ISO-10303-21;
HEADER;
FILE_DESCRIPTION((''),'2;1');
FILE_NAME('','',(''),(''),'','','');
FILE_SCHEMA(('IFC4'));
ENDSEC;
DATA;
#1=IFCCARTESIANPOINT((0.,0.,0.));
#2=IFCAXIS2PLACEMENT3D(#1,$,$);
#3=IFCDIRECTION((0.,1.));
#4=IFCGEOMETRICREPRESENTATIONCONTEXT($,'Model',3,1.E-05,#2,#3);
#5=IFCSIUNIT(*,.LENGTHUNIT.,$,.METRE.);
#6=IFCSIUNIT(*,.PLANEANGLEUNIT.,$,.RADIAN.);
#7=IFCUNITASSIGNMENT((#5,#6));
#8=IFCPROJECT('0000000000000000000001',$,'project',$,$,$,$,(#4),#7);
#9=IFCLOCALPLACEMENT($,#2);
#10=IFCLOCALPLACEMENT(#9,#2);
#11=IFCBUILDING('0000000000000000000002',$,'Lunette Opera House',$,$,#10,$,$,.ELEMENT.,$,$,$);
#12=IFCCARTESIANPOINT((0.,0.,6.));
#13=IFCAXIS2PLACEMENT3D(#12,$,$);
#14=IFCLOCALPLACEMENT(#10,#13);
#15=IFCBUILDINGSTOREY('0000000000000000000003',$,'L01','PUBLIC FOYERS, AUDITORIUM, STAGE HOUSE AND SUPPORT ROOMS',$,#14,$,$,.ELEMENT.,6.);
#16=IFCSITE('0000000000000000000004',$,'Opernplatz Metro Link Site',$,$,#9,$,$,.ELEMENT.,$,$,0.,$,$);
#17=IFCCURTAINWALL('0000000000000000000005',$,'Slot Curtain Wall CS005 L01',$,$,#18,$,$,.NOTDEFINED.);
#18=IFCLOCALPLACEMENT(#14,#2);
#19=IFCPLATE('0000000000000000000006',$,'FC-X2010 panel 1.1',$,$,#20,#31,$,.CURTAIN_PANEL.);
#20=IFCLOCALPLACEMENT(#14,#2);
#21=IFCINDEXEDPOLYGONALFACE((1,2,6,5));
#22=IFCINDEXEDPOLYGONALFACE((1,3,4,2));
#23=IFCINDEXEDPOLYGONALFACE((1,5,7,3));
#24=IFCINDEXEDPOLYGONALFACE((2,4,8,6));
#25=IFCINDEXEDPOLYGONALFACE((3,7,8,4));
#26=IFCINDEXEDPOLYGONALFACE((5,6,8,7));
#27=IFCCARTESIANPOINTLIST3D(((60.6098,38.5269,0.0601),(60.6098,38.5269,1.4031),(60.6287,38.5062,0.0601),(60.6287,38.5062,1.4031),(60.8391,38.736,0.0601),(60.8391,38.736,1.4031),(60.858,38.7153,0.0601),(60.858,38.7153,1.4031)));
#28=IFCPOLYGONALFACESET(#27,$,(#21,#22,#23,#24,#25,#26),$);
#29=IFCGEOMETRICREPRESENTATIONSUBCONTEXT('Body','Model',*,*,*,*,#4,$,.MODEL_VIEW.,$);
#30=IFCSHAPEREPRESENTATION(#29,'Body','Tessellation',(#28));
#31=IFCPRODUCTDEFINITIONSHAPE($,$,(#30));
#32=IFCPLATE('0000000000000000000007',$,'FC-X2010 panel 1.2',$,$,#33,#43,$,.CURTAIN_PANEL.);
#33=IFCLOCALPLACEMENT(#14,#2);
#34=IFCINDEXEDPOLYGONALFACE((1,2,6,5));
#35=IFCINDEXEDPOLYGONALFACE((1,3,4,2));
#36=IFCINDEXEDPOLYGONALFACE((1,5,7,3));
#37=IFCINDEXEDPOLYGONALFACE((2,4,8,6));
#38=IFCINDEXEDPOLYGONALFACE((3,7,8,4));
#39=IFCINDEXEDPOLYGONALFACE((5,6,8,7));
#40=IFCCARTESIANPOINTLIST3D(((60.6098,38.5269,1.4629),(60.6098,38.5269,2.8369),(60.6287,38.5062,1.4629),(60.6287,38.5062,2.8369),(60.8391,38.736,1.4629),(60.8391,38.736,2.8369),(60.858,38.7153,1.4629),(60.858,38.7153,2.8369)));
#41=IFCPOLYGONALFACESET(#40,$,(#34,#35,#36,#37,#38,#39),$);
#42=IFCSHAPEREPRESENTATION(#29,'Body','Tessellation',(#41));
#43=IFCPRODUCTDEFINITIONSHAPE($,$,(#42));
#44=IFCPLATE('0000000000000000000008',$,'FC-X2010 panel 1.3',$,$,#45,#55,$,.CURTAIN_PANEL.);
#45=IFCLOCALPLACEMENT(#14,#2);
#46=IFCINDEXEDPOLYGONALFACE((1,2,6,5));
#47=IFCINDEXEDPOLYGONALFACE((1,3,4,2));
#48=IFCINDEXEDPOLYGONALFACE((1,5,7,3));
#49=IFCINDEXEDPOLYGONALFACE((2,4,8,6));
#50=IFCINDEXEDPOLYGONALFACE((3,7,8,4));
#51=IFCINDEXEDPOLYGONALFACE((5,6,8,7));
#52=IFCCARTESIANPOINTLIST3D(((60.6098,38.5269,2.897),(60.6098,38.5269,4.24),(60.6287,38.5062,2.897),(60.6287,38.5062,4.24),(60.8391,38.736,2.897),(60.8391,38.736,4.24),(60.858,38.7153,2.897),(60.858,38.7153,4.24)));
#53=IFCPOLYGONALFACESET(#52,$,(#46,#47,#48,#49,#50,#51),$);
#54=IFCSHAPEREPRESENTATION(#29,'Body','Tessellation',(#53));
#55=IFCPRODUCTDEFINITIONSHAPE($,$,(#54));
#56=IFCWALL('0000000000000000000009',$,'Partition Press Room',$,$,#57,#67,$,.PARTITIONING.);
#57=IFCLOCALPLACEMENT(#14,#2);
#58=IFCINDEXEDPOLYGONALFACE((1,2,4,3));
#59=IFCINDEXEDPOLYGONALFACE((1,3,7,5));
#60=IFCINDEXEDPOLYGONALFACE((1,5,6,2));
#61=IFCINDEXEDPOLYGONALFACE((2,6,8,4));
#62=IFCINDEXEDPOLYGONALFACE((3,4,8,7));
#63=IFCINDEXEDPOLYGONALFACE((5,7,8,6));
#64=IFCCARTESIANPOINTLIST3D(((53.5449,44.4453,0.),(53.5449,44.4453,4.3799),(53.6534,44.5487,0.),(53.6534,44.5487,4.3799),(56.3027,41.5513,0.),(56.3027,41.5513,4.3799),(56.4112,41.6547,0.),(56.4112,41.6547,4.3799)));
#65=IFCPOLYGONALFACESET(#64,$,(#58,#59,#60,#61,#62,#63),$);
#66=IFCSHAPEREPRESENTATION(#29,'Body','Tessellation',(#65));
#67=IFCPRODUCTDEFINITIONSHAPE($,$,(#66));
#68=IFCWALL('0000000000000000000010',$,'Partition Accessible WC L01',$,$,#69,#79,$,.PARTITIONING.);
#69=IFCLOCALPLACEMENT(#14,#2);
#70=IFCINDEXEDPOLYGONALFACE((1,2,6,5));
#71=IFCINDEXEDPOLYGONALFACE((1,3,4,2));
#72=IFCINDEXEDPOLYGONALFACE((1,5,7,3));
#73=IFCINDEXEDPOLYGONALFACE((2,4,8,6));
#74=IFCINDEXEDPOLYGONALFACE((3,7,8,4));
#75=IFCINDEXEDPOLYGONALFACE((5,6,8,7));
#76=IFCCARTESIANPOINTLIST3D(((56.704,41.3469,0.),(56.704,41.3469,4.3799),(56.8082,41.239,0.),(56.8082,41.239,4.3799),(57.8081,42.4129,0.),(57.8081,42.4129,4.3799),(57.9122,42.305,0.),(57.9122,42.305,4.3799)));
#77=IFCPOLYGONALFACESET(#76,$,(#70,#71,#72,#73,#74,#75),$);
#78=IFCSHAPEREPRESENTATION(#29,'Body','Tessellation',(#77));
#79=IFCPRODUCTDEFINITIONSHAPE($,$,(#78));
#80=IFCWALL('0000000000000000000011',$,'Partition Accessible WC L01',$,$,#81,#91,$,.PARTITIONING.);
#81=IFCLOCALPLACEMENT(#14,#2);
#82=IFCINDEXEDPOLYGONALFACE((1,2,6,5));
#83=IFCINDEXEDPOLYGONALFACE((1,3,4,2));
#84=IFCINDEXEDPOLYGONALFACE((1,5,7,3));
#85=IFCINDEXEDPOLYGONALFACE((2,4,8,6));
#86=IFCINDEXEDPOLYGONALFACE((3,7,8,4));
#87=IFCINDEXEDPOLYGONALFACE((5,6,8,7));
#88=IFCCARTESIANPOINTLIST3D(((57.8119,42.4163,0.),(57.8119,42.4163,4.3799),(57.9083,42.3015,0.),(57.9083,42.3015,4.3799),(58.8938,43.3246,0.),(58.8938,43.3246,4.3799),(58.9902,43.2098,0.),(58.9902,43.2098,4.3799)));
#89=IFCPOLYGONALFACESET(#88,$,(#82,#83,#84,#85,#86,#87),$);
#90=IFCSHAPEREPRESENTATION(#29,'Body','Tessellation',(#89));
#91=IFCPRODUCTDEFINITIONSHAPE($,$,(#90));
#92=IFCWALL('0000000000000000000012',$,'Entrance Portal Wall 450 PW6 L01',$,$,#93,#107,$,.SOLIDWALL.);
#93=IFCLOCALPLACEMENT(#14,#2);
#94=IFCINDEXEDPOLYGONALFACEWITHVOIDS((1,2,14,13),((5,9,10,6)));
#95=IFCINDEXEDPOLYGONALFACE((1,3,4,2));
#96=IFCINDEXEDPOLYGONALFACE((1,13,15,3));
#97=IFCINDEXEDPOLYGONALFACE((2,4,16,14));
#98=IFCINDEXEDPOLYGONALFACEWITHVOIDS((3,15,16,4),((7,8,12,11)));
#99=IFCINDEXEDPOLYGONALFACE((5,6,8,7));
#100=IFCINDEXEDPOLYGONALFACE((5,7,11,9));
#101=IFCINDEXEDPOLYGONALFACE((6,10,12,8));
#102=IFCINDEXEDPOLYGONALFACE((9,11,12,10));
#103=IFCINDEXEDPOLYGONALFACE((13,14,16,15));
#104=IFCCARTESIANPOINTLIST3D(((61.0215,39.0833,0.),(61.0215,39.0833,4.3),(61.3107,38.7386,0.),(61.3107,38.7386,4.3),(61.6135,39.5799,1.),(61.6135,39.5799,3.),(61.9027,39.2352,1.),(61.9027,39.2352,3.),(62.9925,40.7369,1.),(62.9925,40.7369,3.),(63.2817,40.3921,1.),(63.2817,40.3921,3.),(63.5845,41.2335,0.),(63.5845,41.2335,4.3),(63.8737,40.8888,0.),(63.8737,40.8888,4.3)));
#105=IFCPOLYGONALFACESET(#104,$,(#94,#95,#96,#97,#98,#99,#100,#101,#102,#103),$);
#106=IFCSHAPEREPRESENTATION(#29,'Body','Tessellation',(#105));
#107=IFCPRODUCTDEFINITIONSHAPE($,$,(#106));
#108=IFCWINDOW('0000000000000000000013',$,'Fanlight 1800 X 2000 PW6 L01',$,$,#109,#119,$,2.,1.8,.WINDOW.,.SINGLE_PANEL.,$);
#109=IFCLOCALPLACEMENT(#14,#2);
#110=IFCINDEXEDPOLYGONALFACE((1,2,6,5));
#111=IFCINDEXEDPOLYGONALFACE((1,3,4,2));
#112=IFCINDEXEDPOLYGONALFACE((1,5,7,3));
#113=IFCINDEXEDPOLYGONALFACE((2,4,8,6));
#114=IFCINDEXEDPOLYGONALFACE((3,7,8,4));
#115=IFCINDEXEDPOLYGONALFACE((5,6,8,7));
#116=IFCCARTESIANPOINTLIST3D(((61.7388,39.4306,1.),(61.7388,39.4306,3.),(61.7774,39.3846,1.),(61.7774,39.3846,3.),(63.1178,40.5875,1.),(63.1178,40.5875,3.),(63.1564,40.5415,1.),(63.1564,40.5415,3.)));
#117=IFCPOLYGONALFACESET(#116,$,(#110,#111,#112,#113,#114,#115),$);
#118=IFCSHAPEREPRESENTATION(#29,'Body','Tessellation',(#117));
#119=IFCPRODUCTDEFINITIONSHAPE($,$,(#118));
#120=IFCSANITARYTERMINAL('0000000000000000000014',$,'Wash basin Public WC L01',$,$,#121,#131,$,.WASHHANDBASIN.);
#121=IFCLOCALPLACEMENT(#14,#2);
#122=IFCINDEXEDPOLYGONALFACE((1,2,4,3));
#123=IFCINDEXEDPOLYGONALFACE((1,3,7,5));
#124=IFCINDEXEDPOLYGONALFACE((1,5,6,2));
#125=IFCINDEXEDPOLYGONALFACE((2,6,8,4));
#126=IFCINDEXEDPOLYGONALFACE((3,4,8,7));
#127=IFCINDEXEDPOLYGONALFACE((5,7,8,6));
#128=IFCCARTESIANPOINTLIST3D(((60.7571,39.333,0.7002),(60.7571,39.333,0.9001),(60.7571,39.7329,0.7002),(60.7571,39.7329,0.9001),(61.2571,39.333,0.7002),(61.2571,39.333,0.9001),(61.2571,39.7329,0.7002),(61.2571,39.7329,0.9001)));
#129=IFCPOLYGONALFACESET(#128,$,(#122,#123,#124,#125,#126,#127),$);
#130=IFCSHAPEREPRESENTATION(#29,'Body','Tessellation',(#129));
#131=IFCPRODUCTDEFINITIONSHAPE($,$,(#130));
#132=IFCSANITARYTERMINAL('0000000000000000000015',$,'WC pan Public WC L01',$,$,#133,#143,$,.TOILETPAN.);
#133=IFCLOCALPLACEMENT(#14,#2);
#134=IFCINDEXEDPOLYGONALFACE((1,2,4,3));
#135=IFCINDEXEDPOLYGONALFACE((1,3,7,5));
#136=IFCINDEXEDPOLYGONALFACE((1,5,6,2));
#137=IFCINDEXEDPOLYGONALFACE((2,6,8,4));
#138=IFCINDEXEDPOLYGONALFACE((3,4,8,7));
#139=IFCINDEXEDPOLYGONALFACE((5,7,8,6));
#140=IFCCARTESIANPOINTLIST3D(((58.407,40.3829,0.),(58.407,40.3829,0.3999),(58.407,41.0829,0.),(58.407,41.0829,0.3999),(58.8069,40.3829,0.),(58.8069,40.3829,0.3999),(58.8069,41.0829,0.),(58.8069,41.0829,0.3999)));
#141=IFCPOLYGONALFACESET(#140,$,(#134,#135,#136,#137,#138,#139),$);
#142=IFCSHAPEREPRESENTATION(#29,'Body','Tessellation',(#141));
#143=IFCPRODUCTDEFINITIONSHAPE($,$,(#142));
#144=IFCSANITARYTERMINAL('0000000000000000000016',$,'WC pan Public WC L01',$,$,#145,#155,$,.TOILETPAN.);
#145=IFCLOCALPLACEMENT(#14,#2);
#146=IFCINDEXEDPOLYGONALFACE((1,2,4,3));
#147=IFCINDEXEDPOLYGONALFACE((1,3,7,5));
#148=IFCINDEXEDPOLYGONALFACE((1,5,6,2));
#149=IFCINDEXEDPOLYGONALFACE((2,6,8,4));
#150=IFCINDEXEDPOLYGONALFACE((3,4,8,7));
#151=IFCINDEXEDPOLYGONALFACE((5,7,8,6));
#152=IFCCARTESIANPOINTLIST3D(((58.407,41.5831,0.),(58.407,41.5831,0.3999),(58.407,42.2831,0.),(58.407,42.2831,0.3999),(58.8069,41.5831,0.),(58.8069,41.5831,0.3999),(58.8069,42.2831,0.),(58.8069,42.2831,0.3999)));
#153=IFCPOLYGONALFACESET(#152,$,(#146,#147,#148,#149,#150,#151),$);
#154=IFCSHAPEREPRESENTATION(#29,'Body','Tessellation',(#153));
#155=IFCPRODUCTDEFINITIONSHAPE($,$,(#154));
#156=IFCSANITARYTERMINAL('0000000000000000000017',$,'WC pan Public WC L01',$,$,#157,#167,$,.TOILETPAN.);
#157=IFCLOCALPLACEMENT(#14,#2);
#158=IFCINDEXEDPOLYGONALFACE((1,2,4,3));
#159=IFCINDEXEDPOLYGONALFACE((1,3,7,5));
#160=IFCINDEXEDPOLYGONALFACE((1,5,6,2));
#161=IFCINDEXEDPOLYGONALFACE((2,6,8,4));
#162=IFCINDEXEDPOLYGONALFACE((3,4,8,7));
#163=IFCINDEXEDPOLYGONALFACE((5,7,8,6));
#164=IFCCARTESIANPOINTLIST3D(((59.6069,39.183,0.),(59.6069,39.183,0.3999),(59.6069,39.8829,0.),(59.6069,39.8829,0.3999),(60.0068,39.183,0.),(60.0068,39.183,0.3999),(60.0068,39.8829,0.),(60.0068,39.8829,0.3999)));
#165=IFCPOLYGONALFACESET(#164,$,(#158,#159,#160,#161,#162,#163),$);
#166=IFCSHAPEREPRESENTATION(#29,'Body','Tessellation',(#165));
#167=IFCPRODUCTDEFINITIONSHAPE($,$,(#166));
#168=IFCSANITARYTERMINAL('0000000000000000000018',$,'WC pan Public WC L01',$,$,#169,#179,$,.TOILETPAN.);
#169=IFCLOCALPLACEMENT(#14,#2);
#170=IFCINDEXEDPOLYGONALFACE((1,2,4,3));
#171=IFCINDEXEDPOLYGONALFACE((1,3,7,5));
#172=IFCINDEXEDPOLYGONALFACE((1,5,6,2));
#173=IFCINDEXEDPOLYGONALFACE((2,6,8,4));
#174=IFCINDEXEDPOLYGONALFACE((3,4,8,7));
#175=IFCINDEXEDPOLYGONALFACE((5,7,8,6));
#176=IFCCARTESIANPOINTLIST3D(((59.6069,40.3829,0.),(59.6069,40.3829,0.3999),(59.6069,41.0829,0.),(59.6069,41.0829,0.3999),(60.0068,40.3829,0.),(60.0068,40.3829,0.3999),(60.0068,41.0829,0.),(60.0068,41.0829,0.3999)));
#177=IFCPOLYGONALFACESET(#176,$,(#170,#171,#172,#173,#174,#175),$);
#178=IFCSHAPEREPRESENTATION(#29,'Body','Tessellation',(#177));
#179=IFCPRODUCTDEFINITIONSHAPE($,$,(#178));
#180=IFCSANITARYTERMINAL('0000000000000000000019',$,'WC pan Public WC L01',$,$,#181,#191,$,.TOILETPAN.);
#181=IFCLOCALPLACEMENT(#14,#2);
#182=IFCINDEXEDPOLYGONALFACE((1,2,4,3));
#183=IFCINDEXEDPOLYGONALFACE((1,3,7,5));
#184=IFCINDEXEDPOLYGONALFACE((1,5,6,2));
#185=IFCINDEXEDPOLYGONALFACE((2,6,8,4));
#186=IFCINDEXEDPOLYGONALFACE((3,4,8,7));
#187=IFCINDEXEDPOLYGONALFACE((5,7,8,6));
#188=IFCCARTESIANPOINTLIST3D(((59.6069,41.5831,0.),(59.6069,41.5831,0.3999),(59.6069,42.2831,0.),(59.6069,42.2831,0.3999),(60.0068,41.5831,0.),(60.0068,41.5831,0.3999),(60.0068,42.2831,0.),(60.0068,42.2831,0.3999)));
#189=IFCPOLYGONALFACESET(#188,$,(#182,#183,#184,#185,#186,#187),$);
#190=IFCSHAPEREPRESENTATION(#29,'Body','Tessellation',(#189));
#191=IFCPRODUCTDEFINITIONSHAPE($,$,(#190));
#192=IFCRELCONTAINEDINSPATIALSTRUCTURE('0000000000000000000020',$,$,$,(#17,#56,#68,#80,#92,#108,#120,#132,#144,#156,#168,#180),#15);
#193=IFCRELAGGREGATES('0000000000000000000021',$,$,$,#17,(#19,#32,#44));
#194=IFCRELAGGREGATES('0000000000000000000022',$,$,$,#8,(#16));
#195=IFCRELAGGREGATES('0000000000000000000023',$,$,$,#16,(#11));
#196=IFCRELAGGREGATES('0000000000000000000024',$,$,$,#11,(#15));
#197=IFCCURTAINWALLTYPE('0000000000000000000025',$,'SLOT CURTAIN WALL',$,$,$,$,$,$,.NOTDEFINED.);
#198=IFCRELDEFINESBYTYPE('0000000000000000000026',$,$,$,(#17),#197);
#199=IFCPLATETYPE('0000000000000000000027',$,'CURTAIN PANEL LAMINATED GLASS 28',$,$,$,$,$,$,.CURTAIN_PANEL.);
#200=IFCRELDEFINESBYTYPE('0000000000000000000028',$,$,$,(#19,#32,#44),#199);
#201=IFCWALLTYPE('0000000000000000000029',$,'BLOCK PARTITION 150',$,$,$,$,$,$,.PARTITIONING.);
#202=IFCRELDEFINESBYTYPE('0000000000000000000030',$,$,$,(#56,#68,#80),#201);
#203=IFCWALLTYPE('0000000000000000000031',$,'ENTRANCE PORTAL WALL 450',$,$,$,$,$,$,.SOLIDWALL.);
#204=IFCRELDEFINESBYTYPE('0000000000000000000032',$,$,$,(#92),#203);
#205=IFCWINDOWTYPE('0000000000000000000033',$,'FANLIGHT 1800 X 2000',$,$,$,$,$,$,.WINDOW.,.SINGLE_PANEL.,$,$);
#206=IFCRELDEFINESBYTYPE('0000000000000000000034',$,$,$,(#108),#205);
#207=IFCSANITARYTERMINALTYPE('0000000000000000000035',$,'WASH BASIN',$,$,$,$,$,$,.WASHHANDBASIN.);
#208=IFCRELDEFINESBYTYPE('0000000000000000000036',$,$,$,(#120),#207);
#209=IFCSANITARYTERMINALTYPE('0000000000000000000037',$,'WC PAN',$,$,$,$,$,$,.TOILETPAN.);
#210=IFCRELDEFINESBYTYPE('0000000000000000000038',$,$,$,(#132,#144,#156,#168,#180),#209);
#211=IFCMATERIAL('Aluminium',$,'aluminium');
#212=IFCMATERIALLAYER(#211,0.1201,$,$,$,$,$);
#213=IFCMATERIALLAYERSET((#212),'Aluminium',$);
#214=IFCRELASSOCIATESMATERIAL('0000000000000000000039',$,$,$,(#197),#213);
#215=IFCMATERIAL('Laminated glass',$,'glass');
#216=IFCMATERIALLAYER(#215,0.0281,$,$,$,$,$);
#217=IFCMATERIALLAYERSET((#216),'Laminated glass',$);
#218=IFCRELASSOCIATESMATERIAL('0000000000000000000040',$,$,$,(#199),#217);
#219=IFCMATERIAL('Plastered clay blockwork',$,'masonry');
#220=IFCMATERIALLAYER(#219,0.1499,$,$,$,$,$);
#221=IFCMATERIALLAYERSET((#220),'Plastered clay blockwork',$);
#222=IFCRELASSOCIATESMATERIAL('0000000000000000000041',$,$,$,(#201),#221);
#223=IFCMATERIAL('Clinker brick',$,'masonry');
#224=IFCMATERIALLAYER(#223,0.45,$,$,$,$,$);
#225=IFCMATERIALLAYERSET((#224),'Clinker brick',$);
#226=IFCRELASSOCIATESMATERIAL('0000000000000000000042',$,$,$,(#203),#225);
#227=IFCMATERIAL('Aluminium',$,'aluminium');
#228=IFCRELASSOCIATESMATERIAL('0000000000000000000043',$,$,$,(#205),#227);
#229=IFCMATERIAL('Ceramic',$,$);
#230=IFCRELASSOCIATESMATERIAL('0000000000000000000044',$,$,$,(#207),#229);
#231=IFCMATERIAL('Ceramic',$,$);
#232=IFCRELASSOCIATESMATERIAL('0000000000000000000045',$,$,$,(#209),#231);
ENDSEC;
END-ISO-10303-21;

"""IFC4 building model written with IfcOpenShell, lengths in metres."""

from ifc_helpers import new_model, si_unit, direction, frame, frame_2d, origin, origin_2d, place, context, subcontext, project, spatial, rectangle, extrude, material, layer, layer_set, type_object, element, fill, aggregate, save


model = new_model("IFC4")

# Units and contexts
model_context = context("Model", 3, precision=1e-05, world=origin(), true_north=direction((0.0, 1.0)))
body_context = subcontext(model_context, "Body", "Model", "MODEL_VIEW")
ifc_project = project(units=[si_unit("LENGTHUNIT", "METRE"), si_unit("PLANEANGLEUNIT", "RADIAN")], contexts=[model_context])

# Site, building, storey
site_placement = place(None, origin())
site = spatial("IfcSite", under=ifc_project, at=site_placement, Name="Opernplatz Metro Link Site", CompositionType="ELEMENT", RefElevation=0.0)
building_placement = place(site_placement, origin())
building = spatial("IfcBuilding", under=site, at=building_placement, Name="Lunette Opera House", CompositionType="ELEMENT")
storey_placement = place(building_placement, frame((0.0, 0.0, 6.0)))
storey = spatial("IfcBuildingStorey", under=building, at=storey_placement, Name="L01", Description="PUBLIC FOYERS, AUDITORIUM, STAGE HOUSE AND SUPPORT ROOMS", CompositionType="ELEMENT", Elevation=6.0)

# Curtain wall
ifc_material_1 = material(Name="Aluminium", Category="aluminium")
ifc_layer_1 = layer(ifc_material_1, 0.1201)
ifc_layer_set_1 = layer_set([ifc_layer_1], Name="Aluminium")
curtain_wall_type = type_object("IfcCurtainWallType", Name="SLOT CURTAIN WALL", PredefinedType="NOTDEFINED", material=ifc_layer_set_1)
curtain_wall_1_placement = place(storey_placement, origin())
curtain_wall_1 = element("IfcCurtainWall", 1, at=curtain_wall_1_placement, inside=storey, type_object=curtain_wall_type, Name="Slot Curtain Wall CS005 L01", PredefinedType="NOTDEFINED")

# Plates
ifc_material_2 = material(Name="Laminated glass", Category="glass")
ifc_layer_2 = layer(ifc_material_2, 0.0281)
ifc_layer_set_2 = layer_set([ifc_layer_2], Name="Laminated glass")
plate_type = type_object("IfcPlateType", Name="CURTAIN PANEL LAMINATED GLASS 28", PredefinedType="CURTAIN_PANEL", material=ifc_layer_set_2)
plate_1_placement = place(storey_placement, frame((60.7339, 38.6211, 0.0601), z_axis=(0.0, 0.0, 1.0), x_axis=(0.738888, 0.673828, 0.0)))
plate_1 = element("IfcPlate", 2, at=plate_1_placement, type_object=plate_type, Name="FC-X2010 panel 1.1", PredefinedType="CURTAIN_PANEL", context=body_context, shape_type="SweptSolid", body=[
    extrude(rectangle(XDim=0.3103, YDim=0.0281, at=origin_2d()), origin(), (0.0, 0.0, 1.0), 1.343),
])
plate_2_placement = place(storey_placement, frame((60.7339, 38.6211, 1.4629), z_axis=(0.0, 0.0, 1.0), x_axis=(0.738888, 0.673828, 0.0)))
plate_2 = element("IfcPlate", 3, at=plate_2_placement, type_object=plate_type, Name="FC-X2010 panel 1.2", PredefinedType="CURTAIN_PANEL", context=body_context, shape_type="SweptSolid", body=[
    extrude(rectangle(XDim=0.3103, YDim=0.0281, at=origin_2d()), origin(), (0.0, 0.0, 1.0), 1.374),
])
plate_3_placement = place(storey_placement, frame((60.7339, 38.6211, 2.897), z_axis=(0.0, 0.0, 1.0), x_axis=(0.738888, 0.673828, 0.0)))
plate_3 = element("IfcPlate", 4, at=plate_3_placement, type_object=plate_type, Name="FC-X2010 panel 1.3", PredefinedType="CURTAIN_PANEL", context=body_context, shape_type="SweptSolid", body=[
    extrude(rectangle(XDim=0.3103, YDim=0.0281, at=origin_2d()), origin(), (0.0, 0.0, 1.0), 1.343),
])
aggregate(curtain_wall_1, [plate_1, plate_2, plate_3])

# Walls
ifc_material_3 = material(Name="Plastered clay blockwork", Category="masonry")
ifc_layer_3 = layer(ifc_material_3, 0.1499)
ifc_layer_set_3 = layer_set([ifc_layer_3], Name="Plastered clay blockwork")
wall_type_1 = type_object("IfcWallType", Name="BLOCK PARTITION 150", PredefinedType="PARTITIONING", material=ifc_layer_set_3)
wall_1_placement = place(storey_placement, frame((56.3569, 41.603, 0.0), z_axis=(0.0, 0.0, 1.0), x_axis=(-0.689863, 0.72394, 0.0)))
element("IfcWall", 5, at=wall_1_placement, inside=storey, type_object=wall_type_1, Name="Partition Press Room", PredefinedType="PARTITIONING", context=body_context, shape_type="SweptSolid", body=[
    extrude(rectangle(XDim=3.9976, YDim=0.1499, at=frame_2d((1.9988, 0.0))), origin(), (0.0, 0.0, 1.0), 4.3799),
])
wall_2_placement = place(storey_placement, frame((56.7561, 41.293, 0.0), z_axis=(0.0, 0.0, 1.0), x_axis=(0.719407, 0.694589, 0.0)))
element("IfcWall", 6, at=wall_2_placement, inside=storey, type_object=wall_type_1, Name="Partition Accessible WC L01", PredefinedType="PARTITIONING", context=body_context, shape_type="SweptSolid", body=[
    extrude(rectangle(XDim=1.5347, YDim=0.1499, at=frame_2d((0.7673, 0.0))), origin(), (0.0, 0.0, 1.0), 4.3799),
])
wall_3_placement = place(storey_placement, frame((57.8601, 42.3589, 0.0), z_axis=(0.0, 0.0, 1.0), x_axis=(0.765878, 0.642985, 0.0)))
element("IfcWall", 7, at=wall_3_placement, inside=storey, type_object=wall_type_1, Name="Partition Accessible WC L01", PredefinedType="PARTITIONING", context=body_context, shape_type="SweptSolid", body=[
    extrude(rectangle(XDim=1.4126, YDim=0.1499, at=frame_2d((0.7063, 0.0))), origin(), (0.0, 0.0, 1.0), 4.3799),
])

# Wall, opening, window
ifc_material_4 = material(Name="Clinker brick", Category="masonry")
ifc_layer_4 = layer(ifc_material_4, 0.45)
ifc_layer_set_4 = layer_set([ifc_layer_4], Name="Clinker brick")
wall_type_2 = type_object("IfcWallType", Name="ENTRANCE PORTAL WALL 450", PredefinedType="SOLIDWALL", material=ifc_layer_set_4)
wall_4_placement = place(storey_placement, frame((61.166, 38.9109, 0.0), z_axis=(0.0, 0.0, 1.0), x_axis=(0.766112, 0.642708, 0.0)))
wall_4 = element("IfcWall", 8, at=wall_4_placement, inside=storey, type_object=wall_type_2, Name="Entrance Portal Wall 450 PW6 L01", PredefinedType="SOLIDWALL", context=body_context, shape_type="SweptSolid", body=[
    extrude(rectangle(XDim=3.3455, YDim=0.45, at=frame_2d((1.6729, 0.0))), origin(), (0.0, 0.0, 1.0), 4.3),
])
opening_placement = place(wall_4_placement, frame((0.7729, 0.0, 1.0)))
opening = element("IfcOpeningElement", 9, at=opening_placement, cuts=wall_4, PredefinedType="OPENING", context=body_context, shape_type="SweptSolid", body=[
    extrude(rectangle(XDim=1.8, YDim=2.0, at=frame_2d((0.8999, 1.0))), frame((0.0, 0.2371, 0.0), z_axis=(0.0, -1.0, 0.0), x_axis=(1.0, 0.0, 0.0)), (0.0, 0.0, 1.0), 0.4739),
])
ifc_material_5 = material(Name="Aluminium", Category="aluminium")
window_type = type_object("IfcWindowType", Name="FANLIGHT 1800 X 2000", PartitioningType="SINGLE_PANEL", PredefinedType="WINDOW", material=ifc_material_5)
window_placement = place(opening_placement, origin())
window = element("IfcWindow", 10, at=window_placement, inside=storey, type_object=window_type, Name="Fanlight 1800 X 2000 PW6 L01", OverallHeight=2.0, OverallWidth=1.8, PartitioningType="SINGLE_PANEL", PredefinedType="WINDOW", context=body_context, shape_type="SweptSolid", body=[
    extrude(rectangle(XDim=1.8, YDim=2.0, at=frame_2d((0.8999, 1.0))), frame((0.0, 0.03, 0.0), z_axis=(0.0, -1.0, 0.0), x_axis=(1.0, 0.0, 0.0)), (0.0, 0.0, 1.0), 0.0601),
])
fill(opening, window)

# Sanitary terminals
ifc_material_6 = material(Name="Ceramic")
sanitary_terminal_type_1 = type_object("IfcSanitaryTerminalType", Name="WASH BASIN", PredefinedType="WASHHANDBASIN", material=ifc_material_6)
sanitary_terminal_placement = place(storey_placement, frame((61.0071, 39.533, 0.7002), z_axis=(0.0, 0.0, 1.0), x_axis=(1.0, 0.0, 0.0)))
element("IfcSanitaryTerminal", 11, at=sanitary_terminal_placement, inside=storey, type_object=sanitary_terminal_type_1, Name="Wash basin Public WC L01", PredefinedType="WASHHANDBASIN", context=body_context, shape_type="SweptSolid", body=[
    extrude(rectangle(XDim=0.5, YDim=0.3999, at=origin_2d()), origin(), (0.0, 0.0, 1.0), 0.2),
])
ifc_material_7 = material(Name="Ceramic")
sanitary_terminal_type_2 = type_object("IfcSanitaryTerminalType", Name="WC PAN", PredefinedType="TOILETPAN", material=ifc_material_7)
for number, where, z_axis, x_axis, name in (
    (12, (58.6069, 40.7329, 0.0), (0.0, 0.0, 1.0), (1.0, 0.0, 0.0), "WC pan Public WC L01"),
    (13, (58.6069, 41.9331, 0.0), (0.0, 0.0, 1.0), (1.0, 0.0, 0.0), "WC pan Public WC L01"),
    (14, (59.8069, 39.533, 0.0), (0.0, 0.0, 1.0), (1.0, 0.0, 0.0), "WC pan Public WC L01"),
    (15, (59.8069, 40.7329, 0.0), (0.0, 0.0, 1.0), (1.0, 0.0, 0.0), "WC pan Public WC L01"),
    (16, (59.8069, 41.9331, 0.0), (0.0, 0.0, 1.0), (1.0, 0.0, 0.0), "WC pan Public WC L01"),
):
    element("IfcSanitaryTerminal", number, at=place(storey_placement, frame(where, z_axis=z_axis, x_axis=x_axis)), inside=storey, type_object=sanitary_terminal_type_2, Name=name, PredefinedType="TOILETPAN", context=body_context, shape_type="SweptSolid", body=[
        extrude(rectangle(XDim=0.3999, YDim=0.7, at=origin_2d()), origin(), (0.0, 0.0, 1.0), 0.3999),
    ])

save(model, "model.ifc")
